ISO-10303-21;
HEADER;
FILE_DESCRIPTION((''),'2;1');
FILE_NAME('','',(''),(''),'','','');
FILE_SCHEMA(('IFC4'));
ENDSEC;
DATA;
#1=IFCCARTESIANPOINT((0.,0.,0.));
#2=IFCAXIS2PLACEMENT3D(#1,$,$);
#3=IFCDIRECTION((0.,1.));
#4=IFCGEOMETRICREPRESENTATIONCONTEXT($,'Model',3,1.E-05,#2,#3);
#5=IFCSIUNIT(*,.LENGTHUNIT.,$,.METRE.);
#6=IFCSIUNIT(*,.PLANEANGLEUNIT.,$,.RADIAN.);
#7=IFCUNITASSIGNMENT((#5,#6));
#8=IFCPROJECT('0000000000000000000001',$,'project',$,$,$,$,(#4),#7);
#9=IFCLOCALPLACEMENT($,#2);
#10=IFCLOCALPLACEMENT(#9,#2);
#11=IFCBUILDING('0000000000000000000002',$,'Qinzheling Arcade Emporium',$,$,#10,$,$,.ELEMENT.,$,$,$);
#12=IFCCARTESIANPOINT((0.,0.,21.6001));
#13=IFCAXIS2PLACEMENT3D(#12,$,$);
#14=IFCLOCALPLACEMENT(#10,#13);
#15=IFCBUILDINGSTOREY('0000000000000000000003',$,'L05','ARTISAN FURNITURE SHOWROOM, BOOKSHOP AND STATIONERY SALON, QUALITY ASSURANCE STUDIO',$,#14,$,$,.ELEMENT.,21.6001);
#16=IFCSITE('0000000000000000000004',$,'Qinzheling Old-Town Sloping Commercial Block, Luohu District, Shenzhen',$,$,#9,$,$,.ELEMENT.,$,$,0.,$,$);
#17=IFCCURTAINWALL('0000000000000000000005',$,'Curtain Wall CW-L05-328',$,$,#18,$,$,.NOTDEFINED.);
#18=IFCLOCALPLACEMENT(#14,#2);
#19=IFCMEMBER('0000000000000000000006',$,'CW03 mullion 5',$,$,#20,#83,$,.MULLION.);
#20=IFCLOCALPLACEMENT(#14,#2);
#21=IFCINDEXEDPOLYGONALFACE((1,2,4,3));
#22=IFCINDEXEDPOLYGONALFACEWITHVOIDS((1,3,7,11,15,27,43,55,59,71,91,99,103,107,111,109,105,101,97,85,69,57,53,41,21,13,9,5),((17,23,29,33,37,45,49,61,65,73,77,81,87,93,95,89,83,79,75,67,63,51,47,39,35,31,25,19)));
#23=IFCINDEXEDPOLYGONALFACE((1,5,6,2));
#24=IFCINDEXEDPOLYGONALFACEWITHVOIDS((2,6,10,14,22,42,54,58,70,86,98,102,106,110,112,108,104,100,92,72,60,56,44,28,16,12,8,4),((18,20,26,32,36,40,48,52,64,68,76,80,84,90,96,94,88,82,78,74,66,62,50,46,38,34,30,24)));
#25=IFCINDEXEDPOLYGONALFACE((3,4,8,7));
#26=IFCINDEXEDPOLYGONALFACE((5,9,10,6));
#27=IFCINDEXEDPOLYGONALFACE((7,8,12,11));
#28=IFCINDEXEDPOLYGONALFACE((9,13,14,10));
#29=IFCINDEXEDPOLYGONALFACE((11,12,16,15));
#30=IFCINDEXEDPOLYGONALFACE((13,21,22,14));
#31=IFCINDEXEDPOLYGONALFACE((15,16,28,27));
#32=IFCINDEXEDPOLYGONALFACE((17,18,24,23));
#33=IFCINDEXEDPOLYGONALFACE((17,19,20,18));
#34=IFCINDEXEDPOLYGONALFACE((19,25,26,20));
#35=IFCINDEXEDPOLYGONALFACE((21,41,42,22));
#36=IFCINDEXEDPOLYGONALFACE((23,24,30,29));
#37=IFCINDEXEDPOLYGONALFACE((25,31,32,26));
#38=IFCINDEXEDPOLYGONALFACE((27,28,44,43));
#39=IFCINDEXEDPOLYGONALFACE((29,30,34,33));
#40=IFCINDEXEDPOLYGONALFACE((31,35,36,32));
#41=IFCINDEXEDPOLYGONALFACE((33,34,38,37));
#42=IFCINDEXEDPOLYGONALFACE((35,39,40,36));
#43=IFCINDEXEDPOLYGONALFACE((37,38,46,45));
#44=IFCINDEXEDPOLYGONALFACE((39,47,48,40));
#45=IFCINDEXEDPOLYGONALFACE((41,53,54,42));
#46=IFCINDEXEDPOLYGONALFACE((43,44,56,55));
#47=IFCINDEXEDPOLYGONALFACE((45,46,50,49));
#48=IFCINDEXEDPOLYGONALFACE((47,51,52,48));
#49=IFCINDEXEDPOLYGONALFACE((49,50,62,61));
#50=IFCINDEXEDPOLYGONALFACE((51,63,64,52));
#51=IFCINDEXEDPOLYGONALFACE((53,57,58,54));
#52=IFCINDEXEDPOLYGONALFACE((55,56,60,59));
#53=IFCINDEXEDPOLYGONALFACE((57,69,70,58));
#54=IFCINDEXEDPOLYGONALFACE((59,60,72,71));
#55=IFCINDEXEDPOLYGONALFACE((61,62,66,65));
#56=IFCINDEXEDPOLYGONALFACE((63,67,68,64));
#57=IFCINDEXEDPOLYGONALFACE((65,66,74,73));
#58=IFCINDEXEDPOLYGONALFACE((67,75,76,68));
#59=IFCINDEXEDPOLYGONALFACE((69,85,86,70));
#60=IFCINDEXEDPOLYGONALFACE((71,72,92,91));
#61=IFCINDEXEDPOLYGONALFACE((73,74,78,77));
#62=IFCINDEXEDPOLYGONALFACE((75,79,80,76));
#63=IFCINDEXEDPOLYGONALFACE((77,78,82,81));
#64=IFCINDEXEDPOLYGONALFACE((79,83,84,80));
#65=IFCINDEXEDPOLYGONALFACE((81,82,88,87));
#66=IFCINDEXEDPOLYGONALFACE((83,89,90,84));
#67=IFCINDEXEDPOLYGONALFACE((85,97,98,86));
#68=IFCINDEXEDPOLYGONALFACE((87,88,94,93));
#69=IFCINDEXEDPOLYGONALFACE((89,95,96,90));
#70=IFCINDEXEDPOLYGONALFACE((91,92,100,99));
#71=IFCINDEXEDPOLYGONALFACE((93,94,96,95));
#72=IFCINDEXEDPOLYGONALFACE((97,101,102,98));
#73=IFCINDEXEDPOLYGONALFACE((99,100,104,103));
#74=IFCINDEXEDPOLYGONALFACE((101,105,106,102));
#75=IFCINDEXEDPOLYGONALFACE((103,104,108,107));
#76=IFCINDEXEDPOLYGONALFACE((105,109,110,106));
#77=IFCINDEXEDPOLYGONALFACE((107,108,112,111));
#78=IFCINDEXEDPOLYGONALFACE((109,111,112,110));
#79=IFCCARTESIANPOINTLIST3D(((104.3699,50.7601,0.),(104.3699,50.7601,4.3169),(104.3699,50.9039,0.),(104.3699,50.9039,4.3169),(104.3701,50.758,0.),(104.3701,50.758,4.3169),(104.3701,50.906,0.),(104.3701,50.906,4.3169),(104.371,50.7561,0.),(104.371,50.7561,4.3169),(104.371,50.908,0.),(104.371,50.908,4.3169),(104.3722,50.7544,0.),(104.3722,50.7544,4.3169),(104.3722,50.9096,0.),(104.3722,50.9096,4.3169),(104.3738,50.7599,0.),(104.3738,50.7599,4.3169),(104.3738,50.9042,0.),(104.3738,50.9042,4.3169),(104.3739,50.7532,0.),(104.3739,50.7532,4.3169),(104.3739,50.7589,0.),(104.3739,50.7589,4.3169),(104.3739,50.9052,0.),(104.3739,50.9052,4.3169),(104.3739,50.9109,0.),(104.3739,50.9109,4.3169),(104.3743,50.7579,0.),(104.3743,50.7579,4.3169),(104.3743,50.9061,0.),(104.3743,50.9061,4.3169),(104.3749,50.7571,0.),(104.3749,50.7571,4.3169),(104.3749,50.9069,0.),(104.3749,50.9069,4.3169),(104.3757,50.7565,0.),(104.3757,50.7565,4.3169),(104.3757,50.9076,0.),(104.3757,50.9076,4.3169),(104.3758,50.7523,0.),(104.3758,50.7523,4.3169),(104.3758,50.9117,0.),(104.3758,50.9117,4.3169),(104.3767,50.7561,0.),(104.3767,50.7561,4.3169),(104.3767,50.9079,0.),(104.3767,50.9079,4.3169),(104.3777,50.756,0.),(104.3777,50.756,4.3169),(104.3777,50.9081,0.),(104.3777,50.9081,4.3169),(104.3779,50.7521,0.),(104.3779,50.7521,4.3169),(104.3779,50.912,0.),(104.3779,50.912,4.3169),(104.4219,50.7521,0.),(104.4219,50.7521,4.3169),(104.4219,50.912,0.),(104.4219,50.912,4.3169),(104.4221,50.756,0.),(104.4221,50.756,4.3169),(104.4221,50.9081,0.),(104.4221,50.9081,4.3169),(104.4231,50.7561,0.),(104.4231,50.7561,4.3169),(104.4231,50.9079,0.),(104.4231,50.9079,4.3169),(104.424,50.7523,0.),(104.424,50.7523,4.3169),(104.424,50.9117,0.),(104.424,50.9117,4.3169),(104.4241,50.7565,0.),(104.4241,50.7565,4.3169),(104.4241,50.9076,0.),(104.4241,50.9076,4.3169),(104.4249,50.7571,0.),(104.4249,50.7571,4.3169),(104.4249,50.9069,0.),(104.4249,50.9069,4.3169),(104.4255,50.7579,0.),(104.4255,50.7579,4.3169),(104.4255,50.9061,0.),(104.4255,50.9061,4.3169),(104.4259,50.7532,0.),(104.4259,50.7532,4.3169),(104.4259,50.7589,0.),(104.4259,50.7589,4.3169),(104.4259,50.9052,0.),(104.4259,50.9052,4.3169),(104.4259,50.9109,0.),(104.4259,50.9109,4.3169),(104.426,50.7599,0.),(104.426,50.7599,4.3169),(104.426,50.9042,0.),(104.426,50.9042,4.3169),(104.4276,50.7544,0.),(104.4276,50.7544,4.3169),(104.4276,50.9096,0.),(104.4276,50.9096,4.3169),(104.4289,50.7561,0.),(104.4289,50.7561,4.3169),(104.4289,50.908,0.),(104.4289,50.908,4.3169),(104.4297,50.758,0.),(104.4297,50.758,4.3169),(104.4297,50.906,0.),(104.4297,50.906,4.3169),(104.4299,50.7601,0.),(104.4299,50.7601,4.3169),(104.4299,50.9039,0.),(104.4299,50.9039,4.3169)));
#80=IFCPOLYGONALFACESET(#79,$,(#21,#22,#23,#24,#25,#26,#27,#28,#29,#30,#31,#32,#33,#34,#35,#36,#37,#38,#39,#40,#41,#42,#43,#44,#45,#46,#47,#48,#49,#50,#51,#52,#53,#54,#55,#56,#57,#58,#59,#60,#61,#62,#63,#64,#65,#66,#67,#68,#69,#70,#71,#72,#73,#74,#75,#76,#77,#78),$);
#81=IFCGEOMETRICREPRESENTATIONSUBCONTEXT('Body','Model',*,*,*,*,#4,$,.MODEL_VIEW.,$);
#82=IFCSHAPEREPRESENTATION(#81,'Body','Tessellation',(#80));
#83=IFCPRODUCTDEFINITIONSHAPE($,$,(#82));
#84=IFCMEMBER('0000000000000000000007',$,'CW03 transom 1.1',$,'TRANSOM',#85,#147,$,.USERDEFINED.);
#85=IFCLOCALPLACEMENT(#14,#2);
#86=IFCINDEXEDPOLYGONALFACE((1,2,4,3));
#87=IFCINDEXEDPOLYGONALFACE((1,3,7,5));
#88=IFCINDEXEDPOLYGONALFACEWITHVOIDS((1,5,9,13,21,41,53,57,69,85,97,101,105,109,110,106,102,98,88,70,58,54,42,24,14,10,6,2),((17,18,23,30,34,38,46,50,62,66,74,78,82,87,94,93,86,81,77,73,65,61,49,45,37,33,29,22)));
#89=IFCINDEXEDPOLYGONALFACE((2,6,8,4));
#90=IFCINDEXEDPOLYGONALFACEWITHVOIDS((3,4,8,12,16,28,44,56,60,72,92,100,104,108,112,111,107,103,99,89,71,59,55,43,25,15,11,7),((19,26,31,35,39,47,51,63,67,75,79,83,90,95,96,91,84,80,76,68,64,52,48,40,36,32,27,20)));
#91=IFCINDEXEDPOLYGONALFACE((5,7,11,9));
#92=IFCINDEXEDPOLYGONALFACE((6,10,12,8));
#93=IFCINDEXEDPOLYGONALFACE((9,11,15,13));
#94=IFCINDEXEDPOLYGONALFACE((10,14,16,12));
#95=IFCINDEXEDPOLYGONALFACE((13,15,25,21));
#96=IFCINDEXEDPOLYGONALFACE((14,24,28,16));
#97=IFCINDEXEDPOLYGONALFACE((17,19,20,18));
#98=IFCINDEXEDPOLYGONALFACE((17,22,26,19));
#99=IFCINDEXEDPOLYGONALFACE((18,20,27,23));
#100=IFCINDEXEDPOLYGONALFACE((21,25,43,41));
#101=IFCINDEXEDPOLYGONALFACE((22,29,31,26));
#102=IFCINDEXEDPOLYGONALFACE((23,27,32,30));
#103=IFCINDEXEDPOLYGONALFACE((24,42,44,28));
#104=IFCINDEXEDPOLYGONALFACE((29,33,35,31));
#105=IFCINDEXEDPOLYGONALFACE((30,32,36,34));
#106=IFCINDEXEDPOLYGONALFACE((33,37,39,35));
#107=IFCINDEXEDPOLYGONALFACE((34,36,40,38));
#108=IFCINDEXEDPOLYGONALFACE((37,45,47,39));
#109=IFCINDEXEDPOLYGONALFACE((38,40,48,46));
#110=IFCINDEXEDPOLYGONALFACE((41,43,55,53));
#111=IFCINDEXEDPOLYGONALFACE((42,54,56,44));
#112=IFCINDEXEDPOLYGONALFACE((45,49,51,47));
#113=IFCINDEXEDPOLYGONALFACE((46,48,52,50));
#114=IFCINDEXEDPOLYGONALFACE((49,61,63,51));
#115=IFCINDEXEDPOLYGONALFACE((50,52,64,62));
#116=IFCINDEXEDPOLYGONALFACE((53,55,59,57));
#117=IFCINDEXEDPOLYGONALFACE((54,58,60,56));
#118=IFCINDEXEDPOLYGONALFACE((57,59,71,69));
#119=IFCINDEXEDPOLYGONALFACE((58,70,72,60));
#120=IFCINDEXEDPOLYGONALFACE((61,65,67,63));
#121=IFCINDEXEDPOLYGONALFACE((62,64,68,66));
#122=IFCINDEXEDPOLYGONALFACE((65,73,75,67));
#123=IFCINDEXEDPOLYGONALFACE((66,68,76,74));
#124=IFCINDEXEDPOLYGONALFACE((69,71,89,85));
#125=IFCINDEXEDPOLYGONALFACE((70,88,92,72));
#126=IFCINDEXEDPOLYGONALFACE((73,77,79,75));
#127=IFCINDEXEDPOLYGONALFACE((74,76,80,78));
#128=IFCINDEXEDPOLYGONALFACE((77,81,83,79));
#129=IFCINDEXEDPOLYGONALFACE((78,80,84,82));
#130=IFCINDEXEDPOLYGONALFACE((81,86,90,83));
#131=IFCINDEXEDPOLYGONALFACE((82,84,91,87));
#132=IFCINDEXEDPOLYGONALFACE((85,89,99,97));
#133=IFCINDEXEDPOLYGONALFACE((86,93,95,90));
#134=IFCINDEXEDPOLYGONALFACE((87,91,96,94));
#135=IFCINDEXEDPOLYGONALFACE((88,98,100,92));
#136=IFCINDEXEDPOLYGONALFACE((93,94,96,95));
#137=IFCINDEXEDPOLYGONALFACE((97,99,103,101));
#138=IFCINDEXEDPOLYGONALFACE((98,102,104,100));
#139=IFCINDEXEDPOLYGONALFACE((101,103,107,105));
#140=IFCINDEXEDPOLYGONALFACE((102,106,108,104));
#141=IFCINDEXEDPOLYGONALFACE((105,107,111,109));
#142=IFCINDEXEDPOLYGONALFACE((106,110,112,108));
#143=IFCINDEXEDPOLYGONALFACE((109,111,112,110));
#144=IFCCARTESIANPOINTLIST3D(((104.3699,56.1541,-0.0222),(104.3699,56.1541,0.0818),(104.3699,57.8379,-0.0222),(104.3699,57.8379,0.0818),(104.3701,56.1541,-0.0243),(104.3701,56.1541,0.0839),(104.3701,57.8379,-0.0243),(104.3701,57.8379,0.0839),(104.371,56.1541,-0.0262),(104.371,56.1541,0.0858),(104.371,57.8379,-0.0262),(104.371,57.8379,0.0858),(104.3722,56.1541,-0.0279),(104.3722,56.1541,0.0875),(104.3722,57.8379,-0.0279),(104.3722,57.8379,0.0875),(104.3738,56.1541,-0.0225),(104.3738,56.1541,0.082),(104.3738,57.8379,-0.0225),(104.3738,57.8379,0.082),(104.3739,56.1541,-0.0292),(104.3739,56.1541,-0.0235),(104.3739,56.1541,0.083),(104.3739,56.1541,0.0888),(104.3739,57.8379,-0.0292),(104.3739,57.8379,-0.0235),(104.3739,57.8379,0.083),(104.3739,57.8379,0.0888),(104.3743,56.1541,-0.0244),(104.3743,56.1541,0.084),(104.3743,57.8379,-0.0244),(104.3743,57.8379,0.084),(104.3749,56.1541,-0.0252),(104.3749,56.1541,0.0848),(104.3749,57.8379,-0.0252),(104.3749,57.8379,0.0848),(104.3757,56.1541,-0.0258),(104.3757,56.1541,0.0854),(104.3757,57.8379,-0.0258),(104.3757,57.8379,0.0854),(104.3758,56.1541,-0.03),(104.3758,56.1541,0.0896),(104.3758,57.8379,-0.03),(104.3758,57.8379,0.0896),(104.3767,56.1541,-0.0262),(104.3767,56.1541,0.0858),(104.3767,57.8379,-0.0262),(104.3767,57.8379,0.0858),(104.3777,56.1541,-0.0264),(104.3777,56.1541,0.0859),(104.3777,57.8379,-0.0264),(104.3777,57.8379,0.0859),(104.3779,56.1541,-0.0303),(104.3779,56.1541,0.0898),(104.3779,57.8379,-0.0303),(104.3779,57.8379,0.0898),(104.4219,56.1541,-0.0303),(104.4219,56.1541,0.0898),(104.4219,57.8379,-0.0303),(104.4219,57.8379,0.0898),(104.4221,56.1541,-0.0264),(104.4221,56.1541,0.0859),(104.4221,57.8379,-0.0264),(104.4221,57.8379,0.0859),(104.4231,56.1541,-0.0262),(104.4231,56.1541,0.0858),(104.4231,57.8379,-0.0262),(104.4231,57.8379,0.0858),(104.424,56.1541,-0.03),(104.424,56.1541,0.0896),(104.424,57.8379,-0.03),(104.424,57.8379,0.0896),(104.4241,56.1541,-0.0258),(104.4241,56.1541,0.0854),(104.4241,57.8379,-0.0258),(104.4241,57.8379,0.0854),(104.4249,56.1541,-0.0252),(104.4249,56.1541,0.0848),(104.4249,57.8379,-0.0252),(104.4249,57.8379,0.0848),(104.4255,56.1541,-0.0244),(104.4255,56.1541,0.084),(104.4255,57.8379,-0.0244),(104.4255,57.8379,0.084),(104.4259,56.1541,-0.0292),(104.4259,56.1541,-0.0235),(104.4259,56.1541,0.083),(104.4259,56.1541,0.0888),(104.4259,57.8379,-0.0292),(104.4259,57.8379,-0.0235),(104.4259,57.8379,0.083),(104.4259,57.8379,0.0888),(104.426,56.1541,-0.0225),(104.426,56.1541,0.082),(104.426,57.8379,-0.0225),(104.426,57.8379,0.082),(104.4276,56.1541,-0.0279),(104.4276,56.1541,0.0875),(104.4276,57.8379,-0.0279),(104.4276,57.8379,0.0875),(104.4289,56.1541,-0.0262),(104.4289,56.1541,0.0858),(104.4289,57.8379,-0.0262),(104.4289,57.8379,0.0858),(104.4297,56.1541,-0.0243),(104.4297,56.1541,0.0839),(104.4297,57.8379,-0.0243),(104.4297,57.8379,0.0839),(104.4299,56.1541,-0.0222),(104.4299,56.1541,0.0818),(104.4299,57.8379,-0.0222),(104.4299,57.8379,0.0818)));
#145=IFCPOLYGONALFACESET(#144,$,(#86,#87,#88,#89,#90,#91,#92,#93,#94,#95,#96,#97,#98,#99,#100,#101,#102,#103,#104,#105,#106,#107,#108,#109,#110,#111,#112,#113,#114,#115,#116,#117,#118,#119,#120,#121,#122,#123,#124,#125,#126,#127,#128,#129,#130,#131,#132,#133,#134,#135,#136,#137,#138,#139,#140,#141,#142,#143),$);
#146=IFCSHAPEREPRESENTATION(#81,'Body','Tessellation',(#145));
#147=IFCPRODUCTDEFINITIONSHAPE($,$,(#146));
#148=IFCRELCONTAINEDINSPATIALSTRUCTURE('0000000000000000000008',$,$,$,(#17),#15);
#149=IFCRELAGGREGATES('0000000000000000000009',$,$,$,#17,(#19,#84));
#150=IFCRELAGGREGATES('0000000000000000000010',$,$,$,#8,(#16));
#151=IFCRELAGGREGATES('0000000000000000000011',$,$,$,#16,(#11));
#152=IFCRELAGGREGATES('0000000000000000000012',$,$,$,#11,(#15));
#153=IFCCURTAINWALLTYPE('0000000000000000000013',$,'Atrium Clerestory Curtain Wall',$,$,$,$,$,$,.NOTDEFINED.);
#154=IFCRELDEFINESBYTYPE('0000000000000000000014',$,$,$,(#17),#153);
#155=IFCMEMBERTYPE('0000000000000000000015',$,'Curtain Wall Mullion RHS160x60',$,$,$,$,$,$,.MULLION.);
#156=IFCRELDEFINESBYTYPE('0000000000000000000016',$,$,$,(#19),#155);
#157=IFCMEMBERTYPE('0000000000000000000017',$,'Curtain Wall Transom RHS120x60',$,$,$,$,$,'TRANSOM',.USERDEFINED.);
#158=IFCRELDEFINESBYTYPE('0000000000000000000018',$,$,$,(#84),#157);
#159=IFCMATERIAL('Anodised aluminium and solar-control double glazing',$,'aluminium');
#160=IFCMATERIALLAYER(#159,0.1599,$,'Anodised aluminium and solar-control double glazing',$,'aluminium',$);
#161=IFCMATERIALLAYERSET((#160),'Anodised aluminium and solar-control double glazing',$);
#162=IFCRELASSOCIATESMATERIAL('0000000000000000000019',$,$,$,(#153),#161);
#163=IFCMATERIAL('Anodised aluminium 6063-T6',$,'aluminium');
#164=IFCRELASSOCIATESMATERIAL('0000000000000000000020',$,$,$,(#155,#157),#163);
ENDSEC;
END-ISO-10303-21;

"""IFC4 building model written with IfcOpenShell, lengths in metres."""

from ifc_helpers import new_model, si_unit, direction, frame, origin, origin_2d, place, context, subcontext, project, spatial, hollow_rectangle, extrude, material, layer, layer_set, material_profile, profile_set, type_object, element, aggregate, save


model = new_model("IFC4")

# Units and contexts
model_context = context("Model", 3, precision=1e-05, world=origin(), true_north=direction((0.0, 1.0)))
body_context = subcontext(model_context, "Body", "Model", "MODEL_VIEW")
ifc_project = project(units=[si_unit("LENGTHUNIT", "METRE"), si_unit("PLANEANGLEUNIT", "RADIAN")], contexts=[model_context])

# Site, building, storey
site_placement = place(None, origin())
site = spatial("IfcSite", under=ifc_project, at=site_placement, Name="Qinzheling Old-Town Sloping Commercial Block, Luohu District, Shenzhen", CompositionType="ELEMENT", RefElevation=0.0)
building_placement = place(site_placement, origin())
building = spatial("IfcBuilding", under=site, at=building_placement, Name="Qinzheling Arcade Emporium", CompositionType="ELEMENT")
storey_placement = place(building_placement, frame((0.0, 0.0, 21.6001)))
storey = spatial("IfcBuildingStorey", under=building, at=storey_placement, Name="L05", Description="ARTISAN FURNITURE SHOWROOM, BOOKSHOP AND STATIONERY SALON, QUALITY ASSURANCE STUDIO", CompositionType="ELEMENT", Elevation=21.6001)

# Curtain wall, members
ifc_material_1 = material(Name="Anodised aluminium and solar-control double glazing", Category="aluminium")
ifc_layer_1 = layer(ifc_material_1, 0.1599, Name="Anodised aluminium and solar-control double glazing", Category="aluminium")
ifc_layer_set_1 = layer_set([ifc_layer_1], Name="Anodised aluminium and solar-control double glazing")
curtain_wall_type = type_object("IfcCurtainWallType", Name="Atrium Clerestory Curtain Wall", PredefinedType="NOTDEFINED", material=ifc_layer_set_1)
curtain_wall_placement = place(storey_placement, origin())
curtain_wall = element("IfcCurtainWall", 1, at=curtain_wall_placement, inside=storey, type_object=curtain_wall_type, Name="Curtain Wall CW-L05-328", PredefinedType="NOTDEFINED")
ifc_material_2 = material(Name="Anodised aluminium 6063-T6", Category="aluminium")
ifc_material_profile_1 = material_profile(ifc_material_2, hollow_rectangle(XDim=0.0601, YDim=0.1599, WallThickness=0.0039, InnerFilletRadius=0.0039, OuterFilletRadius=0.0081, at=origin_2d()), Name="RHS 160x60x4", Category="aluminium")
ifc_profile_set_1 = profile_set([ifc_material_profile_1], Name="Anodised aluminium 6063-T6")
member_type_1 = type_object("IfcMemberType", Name="Curtain Wall Mullion RHS160x60", PredefinedType="MULLION", material=ifc_profile_set_1)
member_1_placement = place(storey_placement, frame((104.3999, 50.832, 0.0), z_axis=(0.0, 0.0, 1.0), x_axis=(1.0, 0.0, 0.0)))
member_1 = element("IfcMember", 2, at=member_1_placement, type_object=member_type_1, Name="CW03 mullion 5", PredefinedType="MULLION", context=body_context, shape_type="SweptSolid", body=[
    extrude(hollow_rectangle(XDim=0.0601, YDim=0.1599, WallThickness=0.0039, InnerFilletRadius=0.0039, OuterFilletRadius=0.0081, at=origin_2d()), origin(), (0.0, 0.0, 1.0), 4.3169),
])
ifc_material_profile_2 = material_profile(ifc_material_2, hollow_rectangle(XDim=0.0601, YDim=0.1201, WallThickness=0.0039, InnerFilletRadius=0.0039, OuterFilletRadius=0.0081, at=origin_2d()), Name="RHS 120x60x4", Category="aluminium")
ifc_profile_set_2 = profile_set([ifc_material_profile_2], Name="Anodised aluminium 6063-T6")
member_type_2 = type_object("IfcMemberType", Name="Curtain Wall Transom RHS120x60", ElementType="TRANSOM", PredefinedType="USERDEFINED", material=ifc_profile_set_2)
member_2_placement = place(storey_placement, frame((104.3999, 57.8379, 0.0298), z_axis=(0.0, -1.0, 0.0), x_axis=(1.0, 0.0, 0.0)))
member_2 = element("IfcMember", 3, at=member_2_placement, type_object=member_type_2, Name="CW03 transom 1.1", ObjectType="TRANSOM", PredefinedType="USERDEFINED", context=body_context, shape_type="SweptSolid", body=[
    extrude(hollow_rectangle(XDim=0.0601, YDim=0.1201, WallThickness=0.0039, InnerFilletRadius=0.0039, OuterFilletRadius=0.0081, at=origin_2d()), origin(), (0.0, 0.0, 1.0), 1.6838),
])
aggregate(curtain_wall, [member_1, member_2])

save(model, "model.ifc")
